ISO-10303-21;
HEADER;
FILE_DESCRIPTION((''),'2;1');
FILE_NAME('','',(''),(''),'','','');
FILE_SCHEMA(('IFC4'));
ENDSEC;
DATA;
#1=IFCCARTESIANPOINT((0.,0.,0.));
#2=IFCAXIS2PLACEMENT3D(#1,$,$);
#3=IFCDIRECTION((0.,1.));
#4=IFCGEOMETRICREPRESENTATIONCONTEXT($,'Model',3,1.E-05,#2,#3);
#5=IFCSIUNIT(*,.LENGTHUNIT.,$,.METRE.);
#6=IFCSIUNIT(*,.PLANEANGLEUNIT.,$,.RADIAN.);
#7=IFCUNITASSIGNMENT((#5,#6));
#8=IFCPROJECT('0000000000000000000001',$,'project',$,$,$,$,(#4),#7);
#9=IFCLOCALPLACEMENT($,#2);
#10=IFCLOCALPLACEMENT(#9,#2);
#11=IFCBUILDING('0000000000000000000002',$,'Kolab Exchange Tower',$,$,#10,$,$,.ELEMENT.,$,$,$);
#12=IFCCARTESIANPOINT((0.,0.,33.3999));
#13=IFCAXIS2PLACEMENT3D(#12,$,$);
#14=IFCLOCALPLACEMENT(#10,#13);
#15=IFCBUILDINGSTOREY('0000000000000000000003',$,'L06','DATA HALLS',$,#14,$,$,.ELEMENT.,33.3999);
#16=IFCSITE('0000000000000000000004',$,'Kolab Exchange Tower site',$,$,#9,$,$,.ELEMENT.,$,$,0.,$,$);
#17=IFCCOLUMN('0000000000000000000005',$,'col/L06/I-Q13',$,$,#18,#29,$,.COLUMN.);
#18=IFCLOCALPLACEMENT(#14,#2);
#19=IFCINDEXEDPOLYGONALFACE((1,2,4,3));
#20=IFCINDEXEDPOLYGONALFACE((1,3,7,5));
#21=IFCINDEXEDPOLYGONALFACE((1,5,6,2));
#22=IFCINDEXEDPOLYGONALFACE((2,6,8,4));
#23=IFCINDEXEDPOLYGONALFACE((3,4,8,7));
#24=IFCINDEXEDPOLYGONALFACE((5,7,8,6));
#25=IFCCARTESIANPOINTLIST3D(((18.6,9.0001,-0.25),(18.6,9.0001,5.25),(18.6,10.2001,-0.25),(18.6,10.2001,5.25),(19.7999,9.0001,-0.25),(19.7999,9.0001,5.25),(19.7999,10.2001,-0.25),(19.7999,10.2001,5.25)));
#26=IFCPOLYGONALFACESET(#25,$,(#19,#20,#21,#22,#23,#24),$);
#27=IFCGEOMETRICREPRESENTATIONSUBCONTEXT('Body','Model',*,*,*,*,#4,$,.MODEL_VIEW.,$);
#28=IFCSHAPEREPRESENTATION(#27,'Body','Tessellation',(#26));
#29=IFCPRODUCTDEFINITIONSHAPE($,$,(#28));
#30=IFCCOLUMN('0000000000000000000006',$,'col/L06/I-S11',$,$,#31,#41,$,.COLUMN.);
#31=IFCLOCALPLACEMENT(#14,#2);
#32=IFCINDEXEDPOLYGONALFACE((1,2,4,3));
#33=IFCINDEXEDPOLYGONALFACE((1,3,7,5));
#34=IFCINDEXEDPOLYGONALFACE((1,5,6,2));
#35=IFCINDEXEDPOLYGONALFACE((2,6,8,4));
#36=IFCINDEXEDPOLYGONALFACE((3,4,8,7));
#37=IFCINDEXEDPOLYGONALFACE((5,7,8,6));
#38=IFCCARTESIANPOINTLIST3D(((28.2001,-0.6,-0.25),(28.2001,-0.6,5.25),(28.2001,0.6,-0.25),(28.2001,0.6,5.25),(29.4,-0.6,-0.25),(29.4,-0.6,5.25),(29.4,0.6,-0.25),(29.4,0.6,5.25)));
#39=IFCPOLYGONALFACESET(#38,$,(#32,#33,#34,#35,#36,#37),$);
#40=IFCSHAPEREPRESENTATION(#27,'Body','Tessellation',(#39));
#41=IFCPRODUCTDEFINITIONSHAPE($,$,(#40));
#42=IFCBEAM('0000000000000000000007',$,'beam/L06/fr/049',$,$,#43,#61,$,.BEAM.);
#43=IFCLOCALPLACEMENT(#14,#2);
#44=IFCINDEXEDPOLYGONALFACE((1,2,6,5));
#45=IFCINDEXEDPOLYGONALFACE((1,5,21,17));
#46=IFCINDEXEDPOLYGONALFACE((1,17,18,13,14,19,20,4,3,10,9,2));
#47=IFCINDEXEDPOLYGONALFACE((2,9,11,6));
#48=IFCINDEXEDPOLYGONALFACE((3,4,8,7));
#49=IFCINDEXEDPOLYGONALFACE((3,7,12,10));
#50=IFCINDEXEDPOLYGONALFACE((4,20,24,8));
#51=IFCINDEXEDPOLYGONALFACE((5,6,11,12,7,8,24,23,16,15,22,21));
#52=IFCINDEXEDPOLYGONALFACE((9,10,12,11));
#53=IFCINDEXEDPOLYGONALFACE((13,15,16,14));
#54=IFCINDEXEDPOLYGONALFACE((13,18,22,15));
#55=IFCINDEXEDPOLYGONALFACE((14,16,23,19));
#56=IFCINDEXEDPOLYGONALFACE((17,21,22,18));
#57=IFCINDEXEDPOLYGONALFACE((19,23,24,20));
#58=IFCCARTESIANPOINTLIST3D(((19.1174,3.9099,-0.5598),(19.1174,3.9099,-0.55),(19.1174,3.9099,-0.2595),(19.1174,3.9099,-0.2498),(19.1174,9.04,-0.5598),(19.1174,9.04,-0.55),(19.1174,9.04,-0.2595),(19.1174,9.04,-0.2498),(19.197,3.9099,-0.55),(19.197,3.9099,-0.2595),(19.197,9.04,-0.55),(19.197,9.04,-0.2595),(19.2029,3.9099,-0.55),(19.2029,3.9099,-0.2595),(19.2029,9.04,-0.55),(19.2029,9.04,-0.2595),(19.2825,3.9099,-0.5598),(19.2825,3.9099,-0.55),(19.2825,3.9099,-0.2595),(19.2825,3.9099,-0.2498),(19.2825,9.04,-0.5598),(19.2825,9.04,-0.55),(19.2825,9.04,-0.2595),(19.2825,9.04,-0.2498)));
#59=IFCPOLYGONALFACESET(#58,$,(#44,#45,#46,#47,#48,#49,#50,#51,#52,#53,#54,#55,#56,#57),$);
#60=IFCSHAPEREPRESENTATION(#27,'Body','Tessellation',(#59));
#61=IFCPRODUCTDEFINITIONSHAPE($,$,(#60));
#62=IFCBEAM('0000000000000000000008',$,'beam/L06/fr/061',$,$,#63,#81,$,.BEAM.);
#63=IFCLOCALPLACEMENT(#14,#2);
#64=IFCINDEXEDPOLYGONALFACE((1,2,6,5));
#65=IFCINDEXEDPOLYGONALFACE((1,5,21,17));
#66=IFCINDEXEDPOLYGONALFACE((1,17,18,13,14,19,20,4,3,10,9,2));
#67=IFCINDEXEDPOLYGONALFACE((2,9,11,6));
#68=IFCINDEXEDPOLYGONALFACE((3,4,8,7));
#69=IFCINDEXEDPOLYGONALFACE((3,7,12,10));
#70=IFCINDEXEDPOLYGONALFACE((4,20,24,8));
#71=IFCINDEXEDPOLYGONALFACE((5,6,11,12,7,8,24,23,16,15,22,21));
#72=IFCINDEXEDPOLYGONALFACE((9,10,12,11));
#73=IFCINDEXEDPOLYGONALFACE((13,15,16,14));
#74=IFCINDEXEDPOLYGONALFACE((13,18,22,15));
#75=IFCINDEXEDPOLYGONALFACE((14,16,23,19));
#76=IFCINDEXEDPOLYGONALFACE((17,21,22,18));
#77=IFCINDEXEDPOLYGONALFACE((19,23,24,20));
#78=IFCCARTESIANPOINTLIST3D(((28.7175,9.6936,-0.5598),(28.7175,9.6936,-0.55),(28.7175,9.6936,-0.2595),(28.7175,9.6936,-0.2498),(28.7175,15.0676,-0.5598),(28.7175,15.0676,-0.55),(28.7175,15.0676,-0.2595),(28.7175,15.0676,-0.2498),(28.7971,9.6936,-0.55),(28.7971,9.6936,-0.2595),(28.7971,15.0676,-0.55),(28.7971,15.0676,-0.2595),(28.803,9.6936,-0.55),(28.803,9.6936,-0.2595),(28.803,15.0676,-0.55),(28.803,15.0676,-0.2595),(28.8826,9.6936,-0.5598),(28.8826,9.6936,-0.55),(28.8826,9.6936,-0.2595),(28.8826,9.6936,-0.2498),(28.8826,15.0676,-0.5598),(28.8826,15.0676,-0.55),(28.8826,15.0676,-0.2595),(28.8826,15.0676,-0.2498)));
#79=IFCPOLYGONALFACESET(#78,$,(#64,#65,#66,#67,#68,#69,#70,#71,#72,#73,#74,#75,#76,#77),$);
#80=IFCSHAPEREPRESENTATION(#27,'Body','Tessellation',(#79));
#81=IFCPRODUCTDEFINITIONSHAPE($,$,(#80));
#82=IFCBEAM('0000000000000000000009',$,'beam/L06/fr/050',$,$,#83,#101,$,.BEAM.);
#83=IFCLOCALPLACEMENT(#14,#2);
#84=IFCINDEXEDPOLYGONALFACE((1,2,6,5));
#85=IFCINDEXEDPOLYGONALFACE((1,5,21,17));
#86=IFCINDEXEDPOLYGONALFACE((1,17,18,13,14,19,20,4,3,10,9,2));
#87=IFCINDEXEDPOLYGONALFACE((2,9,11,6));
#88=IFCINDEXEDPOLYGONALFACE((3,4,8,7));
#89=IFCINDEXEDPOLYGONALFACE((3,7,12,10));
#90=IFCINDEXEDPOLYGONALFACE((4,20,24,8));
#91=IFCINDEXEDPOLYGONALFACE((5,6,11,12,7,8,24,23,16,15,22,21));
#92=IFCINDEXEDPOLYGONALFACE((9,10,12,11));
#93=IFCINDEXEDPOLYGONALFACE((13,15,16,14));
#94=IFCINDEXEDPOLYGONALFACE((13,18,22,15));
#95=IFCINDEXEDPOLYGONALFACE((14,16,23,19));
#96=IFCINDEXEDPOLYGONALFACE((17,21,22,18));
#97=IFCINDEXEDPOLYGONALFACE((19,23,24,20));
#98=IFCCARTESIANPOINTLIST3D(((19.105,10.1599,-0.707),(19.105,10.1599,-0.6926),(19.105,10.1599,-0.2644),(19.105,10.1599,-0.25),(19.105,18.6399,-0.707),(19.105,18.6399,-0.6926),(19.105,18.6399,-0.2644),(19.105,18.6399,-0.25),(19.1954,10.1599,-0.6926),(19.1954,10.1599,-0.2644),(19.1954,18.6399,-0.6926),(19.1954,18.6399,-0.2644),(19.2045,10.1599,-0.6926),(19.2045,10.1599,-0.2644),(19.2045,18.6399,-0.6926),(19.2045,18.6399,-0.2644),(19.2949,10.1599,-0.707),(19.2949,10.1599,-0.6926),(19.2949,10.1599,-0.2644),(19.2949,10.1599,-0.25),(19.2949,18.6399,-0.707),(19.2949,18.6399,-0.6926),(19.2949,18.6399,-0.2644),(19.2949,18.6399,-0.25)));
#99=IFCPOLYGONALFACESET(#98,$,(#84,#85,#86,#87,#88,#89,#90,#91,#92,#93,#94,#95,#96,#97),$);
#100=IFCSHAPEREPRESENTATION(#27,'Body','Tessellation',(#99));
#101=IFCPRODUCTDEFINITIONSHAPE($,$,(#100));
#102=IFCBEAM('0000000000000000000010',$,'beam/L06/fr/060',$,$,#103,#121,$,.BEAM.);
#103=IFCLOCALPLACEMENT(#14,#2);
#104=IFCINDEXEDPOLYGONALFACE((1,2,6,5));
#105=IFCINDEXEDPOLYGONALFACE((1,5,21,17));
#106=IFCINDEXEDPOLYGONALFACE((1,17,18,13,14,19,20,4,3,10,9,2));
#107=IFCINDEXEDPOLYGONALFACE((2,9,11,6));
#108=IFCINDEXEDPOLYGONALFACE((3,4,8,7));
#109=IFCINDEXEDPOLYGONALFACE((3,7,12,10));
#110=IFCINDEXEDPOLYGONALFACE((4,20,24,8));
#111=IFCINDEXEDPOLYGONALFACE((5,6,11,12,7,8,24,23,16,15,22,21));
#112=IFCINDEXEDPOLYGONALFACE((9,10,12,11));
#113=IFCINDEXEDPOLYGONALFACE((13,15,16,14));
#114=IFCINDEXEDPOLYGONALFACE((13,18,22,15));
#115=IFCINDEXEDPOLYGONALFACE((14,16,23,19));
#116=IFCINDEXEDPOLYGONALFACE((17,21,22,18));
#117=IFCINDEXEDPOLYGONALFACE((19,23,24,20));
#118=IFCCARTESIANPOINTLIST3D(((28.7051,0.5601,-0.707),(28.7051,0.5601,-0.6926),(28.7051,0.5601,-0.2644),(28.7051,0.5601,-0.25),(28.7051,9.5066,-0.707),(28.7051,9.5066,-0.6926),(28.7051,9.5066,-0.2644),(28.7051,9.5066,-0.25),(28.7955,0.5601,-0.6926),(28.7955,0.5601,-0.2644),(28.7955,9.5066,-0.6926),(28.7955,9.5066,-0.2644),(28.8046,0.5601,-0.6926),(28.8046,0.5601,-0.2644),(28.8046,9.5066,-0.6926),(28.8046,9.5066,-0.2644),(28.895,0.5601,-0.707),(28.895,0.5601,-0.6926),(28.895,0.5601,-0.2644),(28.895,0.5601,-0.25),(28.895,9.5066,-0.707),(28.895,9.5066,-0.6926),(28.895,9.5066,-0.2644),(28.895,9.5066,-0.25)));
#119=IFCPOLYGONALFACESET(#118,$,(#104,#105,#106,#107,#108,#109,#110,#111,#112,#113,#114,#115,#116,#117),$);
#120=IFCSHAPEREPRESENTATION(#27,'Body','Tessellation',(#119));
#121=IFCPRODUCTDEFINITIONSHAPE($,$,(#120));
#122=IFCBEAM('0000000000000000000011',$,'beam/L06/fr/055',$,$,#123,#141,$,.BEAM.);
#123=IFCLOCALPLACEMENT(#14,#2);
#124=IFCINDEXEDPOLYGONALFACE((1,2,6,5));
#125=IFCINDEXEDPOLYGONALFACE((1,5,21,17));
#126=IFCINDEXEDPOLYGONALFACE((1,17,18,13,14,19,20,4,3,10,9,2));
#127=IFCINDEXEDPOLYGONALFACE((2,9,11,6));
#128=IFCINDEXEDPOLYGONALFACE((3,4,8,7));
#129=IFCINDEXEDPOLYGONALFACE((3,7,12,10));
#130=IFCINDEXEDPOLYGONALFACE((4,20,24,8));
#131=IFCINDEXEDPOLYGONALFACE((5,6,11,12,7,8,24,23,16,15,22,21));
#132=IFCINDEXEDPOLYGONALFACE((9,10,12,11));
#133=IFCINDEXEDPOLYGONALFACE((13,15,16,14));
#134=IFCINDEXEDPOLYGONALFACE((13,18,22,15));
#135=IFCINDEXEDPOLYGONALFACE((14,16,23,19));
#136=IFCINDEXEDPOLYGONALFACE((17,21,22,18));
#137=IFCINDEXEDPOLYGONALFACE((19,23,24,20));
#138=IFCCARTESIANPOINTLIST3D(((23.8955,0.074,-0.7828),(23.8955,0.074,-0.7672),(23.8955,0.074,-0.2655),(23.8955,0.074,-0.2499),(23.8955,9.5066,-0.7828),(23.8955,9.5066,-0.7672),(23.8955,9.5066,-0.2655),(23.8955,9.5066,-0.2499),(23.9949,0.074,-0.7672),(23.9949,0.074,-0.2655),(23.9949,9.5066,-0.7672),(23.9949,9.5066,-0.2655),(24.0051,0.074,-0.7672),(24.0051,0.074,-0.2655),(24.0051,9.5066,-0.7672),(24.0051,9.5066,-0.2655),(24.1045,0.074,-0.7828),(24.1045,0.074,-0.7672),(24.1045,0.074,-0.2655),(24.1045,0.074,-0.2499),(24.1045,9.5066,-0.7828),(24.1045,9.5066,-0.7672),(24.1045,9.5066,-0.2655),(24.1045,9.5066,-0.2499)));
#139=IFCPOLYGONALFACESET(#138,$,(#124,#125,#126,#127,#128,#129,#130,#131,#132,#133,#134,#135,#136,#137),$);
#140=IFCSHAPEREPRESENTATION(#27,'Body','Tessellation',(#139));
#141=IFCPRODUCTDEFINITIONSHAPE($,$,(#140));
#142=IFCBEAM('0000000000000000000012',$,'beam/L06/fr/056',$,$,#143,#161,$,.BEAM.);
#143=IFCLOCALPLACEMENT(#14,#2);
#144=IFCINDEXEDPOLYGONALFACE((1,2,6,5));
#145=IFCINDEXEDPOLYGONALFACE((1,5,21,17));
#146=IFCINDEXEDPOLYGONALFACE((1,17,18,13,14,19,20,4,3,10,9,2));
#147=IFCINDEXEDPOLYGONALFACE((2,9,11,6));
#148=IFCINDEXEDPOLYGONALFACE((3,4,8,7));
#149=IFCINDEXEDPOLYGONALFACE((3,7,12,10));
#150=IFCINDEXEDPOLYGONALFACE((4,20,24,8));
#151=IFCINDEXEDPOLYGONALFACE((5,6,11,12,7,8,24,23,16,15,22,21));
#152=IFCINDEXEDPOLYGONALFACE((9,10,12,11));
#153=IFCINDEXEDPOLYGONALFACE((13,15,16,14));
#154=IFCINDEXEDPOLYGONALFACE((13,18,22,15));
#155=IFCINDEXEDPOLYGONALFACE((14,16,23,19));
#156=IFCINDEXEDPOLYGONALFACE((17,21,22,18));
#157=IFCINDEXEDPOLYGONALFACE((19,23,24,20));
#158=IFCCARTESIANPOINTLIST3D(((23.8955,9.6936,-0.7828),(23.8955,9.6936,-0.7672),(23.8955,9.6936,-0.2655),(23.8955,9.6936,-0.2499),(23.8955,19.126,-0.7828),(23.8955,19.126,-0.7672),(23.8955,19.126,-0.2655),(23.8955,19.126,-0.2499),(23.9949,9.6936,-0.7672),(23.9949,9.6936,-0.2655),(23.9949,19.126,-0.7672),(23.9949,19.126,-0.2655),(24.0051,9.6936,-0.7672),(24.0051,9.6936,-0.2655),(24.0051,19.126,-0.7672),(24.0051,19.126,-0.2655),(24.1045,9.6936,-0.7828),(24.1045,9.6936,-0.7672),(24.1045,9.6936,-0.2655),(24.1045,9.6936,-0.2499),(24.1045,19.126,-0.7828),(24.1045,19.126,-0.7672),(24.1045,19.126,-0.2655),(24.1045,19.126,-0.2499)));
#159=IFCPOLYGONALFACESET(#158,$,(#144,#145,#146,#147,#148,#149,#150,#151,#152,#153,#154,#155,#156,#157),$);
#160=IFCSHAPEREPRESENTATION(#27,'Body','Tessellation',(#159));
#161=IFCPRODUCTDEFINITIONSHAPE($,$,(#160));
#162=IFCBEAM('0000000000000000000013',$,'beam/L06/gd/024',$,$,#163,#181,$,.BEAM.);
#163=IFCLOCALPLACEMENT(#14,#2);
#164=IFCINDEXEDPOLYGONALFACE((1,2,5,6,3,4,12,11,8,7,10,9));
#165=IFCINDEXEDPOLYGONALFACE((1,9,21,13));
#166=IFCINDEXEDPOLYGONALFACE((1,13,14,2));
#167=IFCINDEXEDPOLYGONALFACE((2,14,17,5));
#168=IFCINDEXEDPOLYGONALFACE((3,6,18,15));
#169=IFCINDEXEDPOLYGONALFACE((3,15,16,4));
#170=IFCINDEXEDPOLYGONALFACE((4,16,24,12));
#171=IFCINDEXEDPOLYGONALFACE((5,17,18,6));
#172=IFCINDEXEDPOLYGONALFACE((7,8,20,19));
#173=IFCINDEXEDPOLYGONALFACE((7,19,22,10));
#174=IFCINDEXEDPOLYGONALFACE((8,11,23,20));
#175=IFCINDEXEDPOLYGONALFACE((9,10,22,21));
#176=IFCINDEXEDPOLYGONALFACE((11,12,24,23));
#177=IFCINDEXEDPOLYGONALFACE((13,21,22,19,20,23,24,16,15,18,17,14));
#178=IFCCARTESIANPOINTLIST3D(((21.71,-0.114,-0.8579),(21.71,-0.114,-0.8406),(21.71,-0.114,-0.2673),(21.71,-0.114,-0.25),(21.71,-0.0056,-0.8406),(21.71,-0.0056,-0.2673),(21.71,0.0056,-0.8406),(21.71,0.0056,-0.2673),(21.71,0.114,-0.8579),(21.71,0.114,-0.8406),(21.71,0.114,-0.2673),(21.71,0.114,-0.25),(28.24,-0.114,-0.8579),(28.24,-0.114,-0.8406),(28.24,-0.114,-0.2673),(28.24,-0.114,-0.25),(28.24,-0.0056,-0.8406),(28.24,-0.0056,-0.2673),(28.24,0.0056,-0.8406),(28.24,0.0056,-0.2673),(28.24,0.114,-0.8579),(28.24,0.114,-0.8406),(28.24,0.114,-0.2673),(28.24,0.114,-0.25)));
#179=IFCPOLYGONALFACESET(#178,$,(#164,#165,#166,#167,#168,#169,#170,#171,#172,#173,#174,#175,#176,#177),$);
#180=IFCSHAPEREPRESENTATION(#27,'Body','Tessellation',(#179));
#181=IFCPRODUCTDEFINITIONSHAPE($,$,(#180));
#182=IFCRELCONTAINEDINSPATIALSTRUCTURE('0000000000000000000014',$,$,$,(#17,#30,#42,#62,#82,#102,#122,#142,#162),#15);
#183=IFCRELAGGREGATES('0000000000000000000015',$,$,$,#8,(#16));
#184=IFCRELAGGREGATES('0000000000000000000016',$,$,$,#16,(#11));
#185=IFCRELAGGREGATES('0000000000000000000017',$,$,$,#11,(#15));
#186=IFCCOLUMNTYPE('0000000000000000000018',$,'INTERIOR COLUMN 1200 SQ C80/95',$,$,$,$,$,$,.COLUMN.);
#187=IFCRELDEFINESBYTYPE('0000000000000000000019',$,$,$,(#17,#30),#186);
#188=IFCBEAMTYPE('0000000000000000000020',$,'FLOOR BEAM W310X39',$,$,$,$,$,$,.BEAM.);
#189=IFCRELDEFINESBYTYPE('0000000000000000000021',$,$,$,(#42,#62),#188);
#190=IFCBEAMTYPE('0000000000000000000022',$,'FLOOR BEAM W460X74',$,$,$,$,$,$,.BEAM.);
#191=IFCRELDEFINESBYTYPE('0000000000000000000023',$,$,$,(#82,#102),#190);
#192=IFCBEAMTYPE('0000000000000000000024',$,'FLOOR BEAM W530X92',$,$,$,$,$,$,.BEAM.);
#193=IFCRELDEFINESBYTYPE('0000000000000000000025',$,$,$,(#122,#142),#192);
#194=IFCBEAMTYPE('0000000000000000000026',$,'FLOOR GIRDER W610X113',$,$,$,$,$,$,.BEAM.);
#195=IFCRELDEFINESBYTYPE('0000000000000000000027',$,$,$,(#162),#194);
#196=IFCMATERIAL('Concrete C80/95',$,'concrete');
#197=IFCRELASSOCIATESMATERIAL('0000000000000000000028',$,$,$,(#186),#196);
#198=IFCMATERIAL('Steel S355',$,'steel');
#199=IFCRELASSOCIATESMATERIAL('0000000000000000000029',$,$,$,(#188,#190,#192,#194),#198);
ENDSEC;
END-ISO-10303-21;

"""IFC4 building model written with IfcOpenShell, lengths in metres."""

from ifc_helpers import new_model, si_unit, direction, frame, origin, origin_2d, place, context, subcontext, project, spatial, rectangle, i_section, extrude, material, material_profile, profile_set, type_object, element, save


model = new_model("IFC4")

# Units and contexts
model_context = context("Model", 3, precision=1e-05, world=origin(), true_north=direction((0.0, 1.0)))
body_context = subcontext(model_context, "Body", "Model", "MODEL_VIEW")
ifc_project = project(units=[si_unit("LENGTHUNIT", "METRE"), si_unit("PLANEANGLEUNIT", "RADIAN")], contexts=[model_context])

# Site, building, storey
site_placement = place(None, origin())
site = spatial("IfcSite", under=ifc_project, at=site_placement, Name="Kolab Exchange Tower site", CompositionType="ELEMENT", RefElevation=0.0)
building_placement = place(site_placement, origin())
building = spatial("IfcBuilding", under=site, at=building_placement, Name="Kolab Exchange Tower", CompositionType="ELEMENT")
storey_placement = place(building_placement, frame((0.0, 0.0, 33.3999)))
storey = spatial("IfcBuildingStorey", under=building, at=storey_placement, Name="L06", Description="DATA HALLS", CompositionType="ELEMENT", Elevation=33.3999)

# Columns
ifc_material_1 = material(Name="Concrete C80/95", Category="concrete")
ifc_material_profile_1 = material_profile(ifc_material_1, rectangle(XDim=1.2, YDim=1.2, at=origin_2d()), Name="RC1200")
ifc_profile_set_1 = profile_set([ifc_material_profile_1], Name="Concrete C80/95")
column_type = type_object("IfcColumnType", Name="INTERIOR COLUMN 1200 SQ C80/95", PredefinedType="COLUMN", material=ifc_profile_set_1)
for number, where, z_axis, x_axis, name in (
    (1, (19.2, 9.6001, -0.25), (0.0, 0.0, 1.0), (1.0, 0.0, 0.0), "col/L06/I-Q13"),
    (2, (28.8, 0.0, -0.25), (0.0, 0.0, 1.0), (1.0, 0.0, 0.0), "col/L06/I-S11"),
):
    element("IfcColumn", number, at=place(storey_placement, frame(where, z_axis=z_axis, x_axis=x_axis)), inside=storey, type_object=column_type, Name=name, PredefinedType="COLUMN", context=body_context, shape_type="SweptSolid", body=[
        extrude(rectangle(XDim=1.2, YDim=1.2, at=origin_2d()), origin(), (0.0, 0.0, 1.0), 5.5),
    ])

# Beams
ifc_material_2 = material(Name="Steel S355", Category="steel")
ifc_material_profile_2 = material_profile(ifc_material_2, i_section(OverallWidth=0.165, OverallDepth=0.3101, WebThickness=0.0059, FlangeThickness=0.0098, at=origin_2d()), Name="W310X39")
ifc_profile_set_2 = profile_set([ifc_material_profile_2], Name="Steel S355")
beam_type_1 = type_object("IfcBeamType", Name="FLOOR BEAM W310X39", PredefinedType="BEAM", material=ifc_profile_set_2)
beam_1_placement = place(storey_placement, frame((19.2, 3.9099, -0.4048), z_axis=(0.0, 1.0, 0.0), x_axis=(-1.0, 0.0, 0.0)))
element("IfcBeam", 3, at=beam_1_placement, inside=storey, type_object=beam_type_1, Name="beam/L06/fr/049", PredefinedType="BEAM", context=body_context, shape_type="SweptSolid", body=[
    extrude(i_section(OverallWidth=0.165, OverallDepth=0.3101, WebThickness=0.0059, FlangeThickness=0.0098, at=origin_2d()), origin(), (0.0, 0.0, 1.0), 5.1301),
])
beam_2_placement = place(storey_placement, frame((28.8, 9.6936, -0.4048), z_axis=(0.0, 1.0, 0.0), x_axis=(-1.0, 0.0, 0.0)))
element("IfcBeam", 4, at=beam_2_placement, inside=storey, type_object=beam_type_1, Name="beam/L06/fr/061", PredefinedType="BEAM", context=body_context, shape_type="SweptSolid", body=[
    extrude(i_section(OverallWidth=0.165, OverallDepth=0.3101, WebThickness=0.0059, FlangeThickness=0.0098, at=origin_2d()), origin(), (0.0, 0.0, 1.0), 5.374),
])
ifc_material_profile_3 = material_profile(ifc_material_2, i_section(OverallWidth=0.1899, OverallDepth=0.457, WebThickness=0.009, FlangeThickness=0.0144, at=origin_2d()), Name="W460X74")
ifc_profile_set_3 = profile_set([ifc_material_profile_3], Name="Steel S355")
beam_type_2 = type_object("IfcBeamType", Name="FLOOR BEAM W460X74", PredefinedType="BEAM", material=ifc_profile_set_3)
beam_3_placement = place(storey_placement, frame((19.2, 10.1599, -0.4785), z_axis=(0.0, 1.0, 0.0), x_axis=(-1.0, 0.0, 0.0)))
element("IfcBeam", 5, at=beam_3_placement, inside=storey, type_object=beam_type_2, Name="beam/L06/fr/050", PredefinedType="BEAM", context=body_context, shape_type="SweptSolid", body=[
    extrude(i_section(OverallWidth=0.1899, OverallDepth=0.457, WebThickness=0.009, FlangeThickness=0.0144, at=origin_2d()), origin(), (0.0, 0.0, 1.0), 8.48),
])
beam_4_placement = place(storey_placement, frame((28.8, 0.5601, -0.4785), z_axis=(0.0, 1.0, 0.0), x_axis=(-1.0, 0.0, 0.0)))
element("IfcBeam", 6, at=beam_4_placement, inside=storey, type_object=beam_type_2, Name="beam/L06/fr/060", PredefinedType="BEAM", context=body_context, shape_type="SweptSolid", body=[
    extrude(i_section(OverallWidth=0.1899, OverallDepth=0.457, WebThickness=0.009, FlangeThickness=0.0144, at=origin_2d()), origin(), (0.0, 0.0, 1.0), 8.9465),
])
ifc_material_profile_4 = material_profile(ifc_material_2, i_section(OverallWidth=0.209, OverallDepth=0.533, WebThickness=0.0103, FlangeThickness=0.0156, at=origin_2d()), Name="W530X92")
ifc_profile_set_4 = profile_set([ifc_material_profile_4], Name="Steel S355")
beam_type_3 = type_object("IfcBeamType", Name="FLOOR BEAM W530X92", PredefinedType="BEAM", material=ifc_profile_set_4)
beam_5_placement = place(storey_placement, frame((24.0, 0.074, -0.5164), z_axis=(0.0, 1.0, 0.0), x_axis=(-1.0, 0.0, 0.0)))
element("IfcBeam", 7, at=beam_5_placement, inside=storey, type_object=beam_type_3, Name="beam/L06/fr/055", PredefinedType="BEAM", context=body_context, shape_type="SweptSolid", body=[
    extrude(i_section(OverallWidth=0.209, OverallDepth=0.533, WebThickness=0.0103, FlangeThickness=0.0156, at=origin_2d()), origin(), (0.0, 0.0, 1.0), 9.4326),
])
beam_6_placement = place(storey_placement, frame((24.0, 9.6936, -0.5164), z_axis=(0.0, 1.0, 0.0), x_axis=(-1.0, 0.0, 0.0)))
element("IfcBeam", 8, at=beam_6_placement, inside=storey, type_object=beam_type_3, Name="beam/L06/fr/056", PredefinedType="BEAM", context=body_context, shape_type="SweptSolid", body=[
    extrude(i_section(OverallWidth=0.209, OverallDepth=0.533, WebThickness=0.0103, FlangeThickness=0.0156, at=origin_2d()), origin(), (0.0, 0.0, 1.0), 9.4324),
])
ifc_material_profile_5 = material_profile(ifc_material_2, i_section(OverallWidth=0.228, OverallDepth=0.6079, WebThickness=0.0112, FlangeThickness=0.0173, at=origin_2d()), Name="W610X113")
ifc_profile_set_5 = profile_set([ifc_material_profile_5], Name="Steel S355")
beam_type_4 = type_object("IfcBeamType", Name="FLOOR GIRDER W610X113", PredefinedType="BEAM", material=ifc_profile_set_5)
beam_7_placement = place(storey_placement, frame((21.71, 0.0, -0.554), z_axis=(1.0, 0.0, 0.0), x_axis=(0.0, 1.0, 0.0)))
element("IfcBeam", 9, at=beam_7_placement, inside=storey, type_object=beam_type_4, Name="beam/L06/gd/024", PredefinedType="BEAM", context=body_context, shape_type="SweptSolid", body=[
    extrude(i_section(OverallWidth=0.228, OverallDepth=0.6079, WebThickness=0.0112, FlangeThickness=0.0173, at=origin_2d()), origin(), (0.0, 0.0, 1.0), 6.53),
])

save(model, "model.ifc")
